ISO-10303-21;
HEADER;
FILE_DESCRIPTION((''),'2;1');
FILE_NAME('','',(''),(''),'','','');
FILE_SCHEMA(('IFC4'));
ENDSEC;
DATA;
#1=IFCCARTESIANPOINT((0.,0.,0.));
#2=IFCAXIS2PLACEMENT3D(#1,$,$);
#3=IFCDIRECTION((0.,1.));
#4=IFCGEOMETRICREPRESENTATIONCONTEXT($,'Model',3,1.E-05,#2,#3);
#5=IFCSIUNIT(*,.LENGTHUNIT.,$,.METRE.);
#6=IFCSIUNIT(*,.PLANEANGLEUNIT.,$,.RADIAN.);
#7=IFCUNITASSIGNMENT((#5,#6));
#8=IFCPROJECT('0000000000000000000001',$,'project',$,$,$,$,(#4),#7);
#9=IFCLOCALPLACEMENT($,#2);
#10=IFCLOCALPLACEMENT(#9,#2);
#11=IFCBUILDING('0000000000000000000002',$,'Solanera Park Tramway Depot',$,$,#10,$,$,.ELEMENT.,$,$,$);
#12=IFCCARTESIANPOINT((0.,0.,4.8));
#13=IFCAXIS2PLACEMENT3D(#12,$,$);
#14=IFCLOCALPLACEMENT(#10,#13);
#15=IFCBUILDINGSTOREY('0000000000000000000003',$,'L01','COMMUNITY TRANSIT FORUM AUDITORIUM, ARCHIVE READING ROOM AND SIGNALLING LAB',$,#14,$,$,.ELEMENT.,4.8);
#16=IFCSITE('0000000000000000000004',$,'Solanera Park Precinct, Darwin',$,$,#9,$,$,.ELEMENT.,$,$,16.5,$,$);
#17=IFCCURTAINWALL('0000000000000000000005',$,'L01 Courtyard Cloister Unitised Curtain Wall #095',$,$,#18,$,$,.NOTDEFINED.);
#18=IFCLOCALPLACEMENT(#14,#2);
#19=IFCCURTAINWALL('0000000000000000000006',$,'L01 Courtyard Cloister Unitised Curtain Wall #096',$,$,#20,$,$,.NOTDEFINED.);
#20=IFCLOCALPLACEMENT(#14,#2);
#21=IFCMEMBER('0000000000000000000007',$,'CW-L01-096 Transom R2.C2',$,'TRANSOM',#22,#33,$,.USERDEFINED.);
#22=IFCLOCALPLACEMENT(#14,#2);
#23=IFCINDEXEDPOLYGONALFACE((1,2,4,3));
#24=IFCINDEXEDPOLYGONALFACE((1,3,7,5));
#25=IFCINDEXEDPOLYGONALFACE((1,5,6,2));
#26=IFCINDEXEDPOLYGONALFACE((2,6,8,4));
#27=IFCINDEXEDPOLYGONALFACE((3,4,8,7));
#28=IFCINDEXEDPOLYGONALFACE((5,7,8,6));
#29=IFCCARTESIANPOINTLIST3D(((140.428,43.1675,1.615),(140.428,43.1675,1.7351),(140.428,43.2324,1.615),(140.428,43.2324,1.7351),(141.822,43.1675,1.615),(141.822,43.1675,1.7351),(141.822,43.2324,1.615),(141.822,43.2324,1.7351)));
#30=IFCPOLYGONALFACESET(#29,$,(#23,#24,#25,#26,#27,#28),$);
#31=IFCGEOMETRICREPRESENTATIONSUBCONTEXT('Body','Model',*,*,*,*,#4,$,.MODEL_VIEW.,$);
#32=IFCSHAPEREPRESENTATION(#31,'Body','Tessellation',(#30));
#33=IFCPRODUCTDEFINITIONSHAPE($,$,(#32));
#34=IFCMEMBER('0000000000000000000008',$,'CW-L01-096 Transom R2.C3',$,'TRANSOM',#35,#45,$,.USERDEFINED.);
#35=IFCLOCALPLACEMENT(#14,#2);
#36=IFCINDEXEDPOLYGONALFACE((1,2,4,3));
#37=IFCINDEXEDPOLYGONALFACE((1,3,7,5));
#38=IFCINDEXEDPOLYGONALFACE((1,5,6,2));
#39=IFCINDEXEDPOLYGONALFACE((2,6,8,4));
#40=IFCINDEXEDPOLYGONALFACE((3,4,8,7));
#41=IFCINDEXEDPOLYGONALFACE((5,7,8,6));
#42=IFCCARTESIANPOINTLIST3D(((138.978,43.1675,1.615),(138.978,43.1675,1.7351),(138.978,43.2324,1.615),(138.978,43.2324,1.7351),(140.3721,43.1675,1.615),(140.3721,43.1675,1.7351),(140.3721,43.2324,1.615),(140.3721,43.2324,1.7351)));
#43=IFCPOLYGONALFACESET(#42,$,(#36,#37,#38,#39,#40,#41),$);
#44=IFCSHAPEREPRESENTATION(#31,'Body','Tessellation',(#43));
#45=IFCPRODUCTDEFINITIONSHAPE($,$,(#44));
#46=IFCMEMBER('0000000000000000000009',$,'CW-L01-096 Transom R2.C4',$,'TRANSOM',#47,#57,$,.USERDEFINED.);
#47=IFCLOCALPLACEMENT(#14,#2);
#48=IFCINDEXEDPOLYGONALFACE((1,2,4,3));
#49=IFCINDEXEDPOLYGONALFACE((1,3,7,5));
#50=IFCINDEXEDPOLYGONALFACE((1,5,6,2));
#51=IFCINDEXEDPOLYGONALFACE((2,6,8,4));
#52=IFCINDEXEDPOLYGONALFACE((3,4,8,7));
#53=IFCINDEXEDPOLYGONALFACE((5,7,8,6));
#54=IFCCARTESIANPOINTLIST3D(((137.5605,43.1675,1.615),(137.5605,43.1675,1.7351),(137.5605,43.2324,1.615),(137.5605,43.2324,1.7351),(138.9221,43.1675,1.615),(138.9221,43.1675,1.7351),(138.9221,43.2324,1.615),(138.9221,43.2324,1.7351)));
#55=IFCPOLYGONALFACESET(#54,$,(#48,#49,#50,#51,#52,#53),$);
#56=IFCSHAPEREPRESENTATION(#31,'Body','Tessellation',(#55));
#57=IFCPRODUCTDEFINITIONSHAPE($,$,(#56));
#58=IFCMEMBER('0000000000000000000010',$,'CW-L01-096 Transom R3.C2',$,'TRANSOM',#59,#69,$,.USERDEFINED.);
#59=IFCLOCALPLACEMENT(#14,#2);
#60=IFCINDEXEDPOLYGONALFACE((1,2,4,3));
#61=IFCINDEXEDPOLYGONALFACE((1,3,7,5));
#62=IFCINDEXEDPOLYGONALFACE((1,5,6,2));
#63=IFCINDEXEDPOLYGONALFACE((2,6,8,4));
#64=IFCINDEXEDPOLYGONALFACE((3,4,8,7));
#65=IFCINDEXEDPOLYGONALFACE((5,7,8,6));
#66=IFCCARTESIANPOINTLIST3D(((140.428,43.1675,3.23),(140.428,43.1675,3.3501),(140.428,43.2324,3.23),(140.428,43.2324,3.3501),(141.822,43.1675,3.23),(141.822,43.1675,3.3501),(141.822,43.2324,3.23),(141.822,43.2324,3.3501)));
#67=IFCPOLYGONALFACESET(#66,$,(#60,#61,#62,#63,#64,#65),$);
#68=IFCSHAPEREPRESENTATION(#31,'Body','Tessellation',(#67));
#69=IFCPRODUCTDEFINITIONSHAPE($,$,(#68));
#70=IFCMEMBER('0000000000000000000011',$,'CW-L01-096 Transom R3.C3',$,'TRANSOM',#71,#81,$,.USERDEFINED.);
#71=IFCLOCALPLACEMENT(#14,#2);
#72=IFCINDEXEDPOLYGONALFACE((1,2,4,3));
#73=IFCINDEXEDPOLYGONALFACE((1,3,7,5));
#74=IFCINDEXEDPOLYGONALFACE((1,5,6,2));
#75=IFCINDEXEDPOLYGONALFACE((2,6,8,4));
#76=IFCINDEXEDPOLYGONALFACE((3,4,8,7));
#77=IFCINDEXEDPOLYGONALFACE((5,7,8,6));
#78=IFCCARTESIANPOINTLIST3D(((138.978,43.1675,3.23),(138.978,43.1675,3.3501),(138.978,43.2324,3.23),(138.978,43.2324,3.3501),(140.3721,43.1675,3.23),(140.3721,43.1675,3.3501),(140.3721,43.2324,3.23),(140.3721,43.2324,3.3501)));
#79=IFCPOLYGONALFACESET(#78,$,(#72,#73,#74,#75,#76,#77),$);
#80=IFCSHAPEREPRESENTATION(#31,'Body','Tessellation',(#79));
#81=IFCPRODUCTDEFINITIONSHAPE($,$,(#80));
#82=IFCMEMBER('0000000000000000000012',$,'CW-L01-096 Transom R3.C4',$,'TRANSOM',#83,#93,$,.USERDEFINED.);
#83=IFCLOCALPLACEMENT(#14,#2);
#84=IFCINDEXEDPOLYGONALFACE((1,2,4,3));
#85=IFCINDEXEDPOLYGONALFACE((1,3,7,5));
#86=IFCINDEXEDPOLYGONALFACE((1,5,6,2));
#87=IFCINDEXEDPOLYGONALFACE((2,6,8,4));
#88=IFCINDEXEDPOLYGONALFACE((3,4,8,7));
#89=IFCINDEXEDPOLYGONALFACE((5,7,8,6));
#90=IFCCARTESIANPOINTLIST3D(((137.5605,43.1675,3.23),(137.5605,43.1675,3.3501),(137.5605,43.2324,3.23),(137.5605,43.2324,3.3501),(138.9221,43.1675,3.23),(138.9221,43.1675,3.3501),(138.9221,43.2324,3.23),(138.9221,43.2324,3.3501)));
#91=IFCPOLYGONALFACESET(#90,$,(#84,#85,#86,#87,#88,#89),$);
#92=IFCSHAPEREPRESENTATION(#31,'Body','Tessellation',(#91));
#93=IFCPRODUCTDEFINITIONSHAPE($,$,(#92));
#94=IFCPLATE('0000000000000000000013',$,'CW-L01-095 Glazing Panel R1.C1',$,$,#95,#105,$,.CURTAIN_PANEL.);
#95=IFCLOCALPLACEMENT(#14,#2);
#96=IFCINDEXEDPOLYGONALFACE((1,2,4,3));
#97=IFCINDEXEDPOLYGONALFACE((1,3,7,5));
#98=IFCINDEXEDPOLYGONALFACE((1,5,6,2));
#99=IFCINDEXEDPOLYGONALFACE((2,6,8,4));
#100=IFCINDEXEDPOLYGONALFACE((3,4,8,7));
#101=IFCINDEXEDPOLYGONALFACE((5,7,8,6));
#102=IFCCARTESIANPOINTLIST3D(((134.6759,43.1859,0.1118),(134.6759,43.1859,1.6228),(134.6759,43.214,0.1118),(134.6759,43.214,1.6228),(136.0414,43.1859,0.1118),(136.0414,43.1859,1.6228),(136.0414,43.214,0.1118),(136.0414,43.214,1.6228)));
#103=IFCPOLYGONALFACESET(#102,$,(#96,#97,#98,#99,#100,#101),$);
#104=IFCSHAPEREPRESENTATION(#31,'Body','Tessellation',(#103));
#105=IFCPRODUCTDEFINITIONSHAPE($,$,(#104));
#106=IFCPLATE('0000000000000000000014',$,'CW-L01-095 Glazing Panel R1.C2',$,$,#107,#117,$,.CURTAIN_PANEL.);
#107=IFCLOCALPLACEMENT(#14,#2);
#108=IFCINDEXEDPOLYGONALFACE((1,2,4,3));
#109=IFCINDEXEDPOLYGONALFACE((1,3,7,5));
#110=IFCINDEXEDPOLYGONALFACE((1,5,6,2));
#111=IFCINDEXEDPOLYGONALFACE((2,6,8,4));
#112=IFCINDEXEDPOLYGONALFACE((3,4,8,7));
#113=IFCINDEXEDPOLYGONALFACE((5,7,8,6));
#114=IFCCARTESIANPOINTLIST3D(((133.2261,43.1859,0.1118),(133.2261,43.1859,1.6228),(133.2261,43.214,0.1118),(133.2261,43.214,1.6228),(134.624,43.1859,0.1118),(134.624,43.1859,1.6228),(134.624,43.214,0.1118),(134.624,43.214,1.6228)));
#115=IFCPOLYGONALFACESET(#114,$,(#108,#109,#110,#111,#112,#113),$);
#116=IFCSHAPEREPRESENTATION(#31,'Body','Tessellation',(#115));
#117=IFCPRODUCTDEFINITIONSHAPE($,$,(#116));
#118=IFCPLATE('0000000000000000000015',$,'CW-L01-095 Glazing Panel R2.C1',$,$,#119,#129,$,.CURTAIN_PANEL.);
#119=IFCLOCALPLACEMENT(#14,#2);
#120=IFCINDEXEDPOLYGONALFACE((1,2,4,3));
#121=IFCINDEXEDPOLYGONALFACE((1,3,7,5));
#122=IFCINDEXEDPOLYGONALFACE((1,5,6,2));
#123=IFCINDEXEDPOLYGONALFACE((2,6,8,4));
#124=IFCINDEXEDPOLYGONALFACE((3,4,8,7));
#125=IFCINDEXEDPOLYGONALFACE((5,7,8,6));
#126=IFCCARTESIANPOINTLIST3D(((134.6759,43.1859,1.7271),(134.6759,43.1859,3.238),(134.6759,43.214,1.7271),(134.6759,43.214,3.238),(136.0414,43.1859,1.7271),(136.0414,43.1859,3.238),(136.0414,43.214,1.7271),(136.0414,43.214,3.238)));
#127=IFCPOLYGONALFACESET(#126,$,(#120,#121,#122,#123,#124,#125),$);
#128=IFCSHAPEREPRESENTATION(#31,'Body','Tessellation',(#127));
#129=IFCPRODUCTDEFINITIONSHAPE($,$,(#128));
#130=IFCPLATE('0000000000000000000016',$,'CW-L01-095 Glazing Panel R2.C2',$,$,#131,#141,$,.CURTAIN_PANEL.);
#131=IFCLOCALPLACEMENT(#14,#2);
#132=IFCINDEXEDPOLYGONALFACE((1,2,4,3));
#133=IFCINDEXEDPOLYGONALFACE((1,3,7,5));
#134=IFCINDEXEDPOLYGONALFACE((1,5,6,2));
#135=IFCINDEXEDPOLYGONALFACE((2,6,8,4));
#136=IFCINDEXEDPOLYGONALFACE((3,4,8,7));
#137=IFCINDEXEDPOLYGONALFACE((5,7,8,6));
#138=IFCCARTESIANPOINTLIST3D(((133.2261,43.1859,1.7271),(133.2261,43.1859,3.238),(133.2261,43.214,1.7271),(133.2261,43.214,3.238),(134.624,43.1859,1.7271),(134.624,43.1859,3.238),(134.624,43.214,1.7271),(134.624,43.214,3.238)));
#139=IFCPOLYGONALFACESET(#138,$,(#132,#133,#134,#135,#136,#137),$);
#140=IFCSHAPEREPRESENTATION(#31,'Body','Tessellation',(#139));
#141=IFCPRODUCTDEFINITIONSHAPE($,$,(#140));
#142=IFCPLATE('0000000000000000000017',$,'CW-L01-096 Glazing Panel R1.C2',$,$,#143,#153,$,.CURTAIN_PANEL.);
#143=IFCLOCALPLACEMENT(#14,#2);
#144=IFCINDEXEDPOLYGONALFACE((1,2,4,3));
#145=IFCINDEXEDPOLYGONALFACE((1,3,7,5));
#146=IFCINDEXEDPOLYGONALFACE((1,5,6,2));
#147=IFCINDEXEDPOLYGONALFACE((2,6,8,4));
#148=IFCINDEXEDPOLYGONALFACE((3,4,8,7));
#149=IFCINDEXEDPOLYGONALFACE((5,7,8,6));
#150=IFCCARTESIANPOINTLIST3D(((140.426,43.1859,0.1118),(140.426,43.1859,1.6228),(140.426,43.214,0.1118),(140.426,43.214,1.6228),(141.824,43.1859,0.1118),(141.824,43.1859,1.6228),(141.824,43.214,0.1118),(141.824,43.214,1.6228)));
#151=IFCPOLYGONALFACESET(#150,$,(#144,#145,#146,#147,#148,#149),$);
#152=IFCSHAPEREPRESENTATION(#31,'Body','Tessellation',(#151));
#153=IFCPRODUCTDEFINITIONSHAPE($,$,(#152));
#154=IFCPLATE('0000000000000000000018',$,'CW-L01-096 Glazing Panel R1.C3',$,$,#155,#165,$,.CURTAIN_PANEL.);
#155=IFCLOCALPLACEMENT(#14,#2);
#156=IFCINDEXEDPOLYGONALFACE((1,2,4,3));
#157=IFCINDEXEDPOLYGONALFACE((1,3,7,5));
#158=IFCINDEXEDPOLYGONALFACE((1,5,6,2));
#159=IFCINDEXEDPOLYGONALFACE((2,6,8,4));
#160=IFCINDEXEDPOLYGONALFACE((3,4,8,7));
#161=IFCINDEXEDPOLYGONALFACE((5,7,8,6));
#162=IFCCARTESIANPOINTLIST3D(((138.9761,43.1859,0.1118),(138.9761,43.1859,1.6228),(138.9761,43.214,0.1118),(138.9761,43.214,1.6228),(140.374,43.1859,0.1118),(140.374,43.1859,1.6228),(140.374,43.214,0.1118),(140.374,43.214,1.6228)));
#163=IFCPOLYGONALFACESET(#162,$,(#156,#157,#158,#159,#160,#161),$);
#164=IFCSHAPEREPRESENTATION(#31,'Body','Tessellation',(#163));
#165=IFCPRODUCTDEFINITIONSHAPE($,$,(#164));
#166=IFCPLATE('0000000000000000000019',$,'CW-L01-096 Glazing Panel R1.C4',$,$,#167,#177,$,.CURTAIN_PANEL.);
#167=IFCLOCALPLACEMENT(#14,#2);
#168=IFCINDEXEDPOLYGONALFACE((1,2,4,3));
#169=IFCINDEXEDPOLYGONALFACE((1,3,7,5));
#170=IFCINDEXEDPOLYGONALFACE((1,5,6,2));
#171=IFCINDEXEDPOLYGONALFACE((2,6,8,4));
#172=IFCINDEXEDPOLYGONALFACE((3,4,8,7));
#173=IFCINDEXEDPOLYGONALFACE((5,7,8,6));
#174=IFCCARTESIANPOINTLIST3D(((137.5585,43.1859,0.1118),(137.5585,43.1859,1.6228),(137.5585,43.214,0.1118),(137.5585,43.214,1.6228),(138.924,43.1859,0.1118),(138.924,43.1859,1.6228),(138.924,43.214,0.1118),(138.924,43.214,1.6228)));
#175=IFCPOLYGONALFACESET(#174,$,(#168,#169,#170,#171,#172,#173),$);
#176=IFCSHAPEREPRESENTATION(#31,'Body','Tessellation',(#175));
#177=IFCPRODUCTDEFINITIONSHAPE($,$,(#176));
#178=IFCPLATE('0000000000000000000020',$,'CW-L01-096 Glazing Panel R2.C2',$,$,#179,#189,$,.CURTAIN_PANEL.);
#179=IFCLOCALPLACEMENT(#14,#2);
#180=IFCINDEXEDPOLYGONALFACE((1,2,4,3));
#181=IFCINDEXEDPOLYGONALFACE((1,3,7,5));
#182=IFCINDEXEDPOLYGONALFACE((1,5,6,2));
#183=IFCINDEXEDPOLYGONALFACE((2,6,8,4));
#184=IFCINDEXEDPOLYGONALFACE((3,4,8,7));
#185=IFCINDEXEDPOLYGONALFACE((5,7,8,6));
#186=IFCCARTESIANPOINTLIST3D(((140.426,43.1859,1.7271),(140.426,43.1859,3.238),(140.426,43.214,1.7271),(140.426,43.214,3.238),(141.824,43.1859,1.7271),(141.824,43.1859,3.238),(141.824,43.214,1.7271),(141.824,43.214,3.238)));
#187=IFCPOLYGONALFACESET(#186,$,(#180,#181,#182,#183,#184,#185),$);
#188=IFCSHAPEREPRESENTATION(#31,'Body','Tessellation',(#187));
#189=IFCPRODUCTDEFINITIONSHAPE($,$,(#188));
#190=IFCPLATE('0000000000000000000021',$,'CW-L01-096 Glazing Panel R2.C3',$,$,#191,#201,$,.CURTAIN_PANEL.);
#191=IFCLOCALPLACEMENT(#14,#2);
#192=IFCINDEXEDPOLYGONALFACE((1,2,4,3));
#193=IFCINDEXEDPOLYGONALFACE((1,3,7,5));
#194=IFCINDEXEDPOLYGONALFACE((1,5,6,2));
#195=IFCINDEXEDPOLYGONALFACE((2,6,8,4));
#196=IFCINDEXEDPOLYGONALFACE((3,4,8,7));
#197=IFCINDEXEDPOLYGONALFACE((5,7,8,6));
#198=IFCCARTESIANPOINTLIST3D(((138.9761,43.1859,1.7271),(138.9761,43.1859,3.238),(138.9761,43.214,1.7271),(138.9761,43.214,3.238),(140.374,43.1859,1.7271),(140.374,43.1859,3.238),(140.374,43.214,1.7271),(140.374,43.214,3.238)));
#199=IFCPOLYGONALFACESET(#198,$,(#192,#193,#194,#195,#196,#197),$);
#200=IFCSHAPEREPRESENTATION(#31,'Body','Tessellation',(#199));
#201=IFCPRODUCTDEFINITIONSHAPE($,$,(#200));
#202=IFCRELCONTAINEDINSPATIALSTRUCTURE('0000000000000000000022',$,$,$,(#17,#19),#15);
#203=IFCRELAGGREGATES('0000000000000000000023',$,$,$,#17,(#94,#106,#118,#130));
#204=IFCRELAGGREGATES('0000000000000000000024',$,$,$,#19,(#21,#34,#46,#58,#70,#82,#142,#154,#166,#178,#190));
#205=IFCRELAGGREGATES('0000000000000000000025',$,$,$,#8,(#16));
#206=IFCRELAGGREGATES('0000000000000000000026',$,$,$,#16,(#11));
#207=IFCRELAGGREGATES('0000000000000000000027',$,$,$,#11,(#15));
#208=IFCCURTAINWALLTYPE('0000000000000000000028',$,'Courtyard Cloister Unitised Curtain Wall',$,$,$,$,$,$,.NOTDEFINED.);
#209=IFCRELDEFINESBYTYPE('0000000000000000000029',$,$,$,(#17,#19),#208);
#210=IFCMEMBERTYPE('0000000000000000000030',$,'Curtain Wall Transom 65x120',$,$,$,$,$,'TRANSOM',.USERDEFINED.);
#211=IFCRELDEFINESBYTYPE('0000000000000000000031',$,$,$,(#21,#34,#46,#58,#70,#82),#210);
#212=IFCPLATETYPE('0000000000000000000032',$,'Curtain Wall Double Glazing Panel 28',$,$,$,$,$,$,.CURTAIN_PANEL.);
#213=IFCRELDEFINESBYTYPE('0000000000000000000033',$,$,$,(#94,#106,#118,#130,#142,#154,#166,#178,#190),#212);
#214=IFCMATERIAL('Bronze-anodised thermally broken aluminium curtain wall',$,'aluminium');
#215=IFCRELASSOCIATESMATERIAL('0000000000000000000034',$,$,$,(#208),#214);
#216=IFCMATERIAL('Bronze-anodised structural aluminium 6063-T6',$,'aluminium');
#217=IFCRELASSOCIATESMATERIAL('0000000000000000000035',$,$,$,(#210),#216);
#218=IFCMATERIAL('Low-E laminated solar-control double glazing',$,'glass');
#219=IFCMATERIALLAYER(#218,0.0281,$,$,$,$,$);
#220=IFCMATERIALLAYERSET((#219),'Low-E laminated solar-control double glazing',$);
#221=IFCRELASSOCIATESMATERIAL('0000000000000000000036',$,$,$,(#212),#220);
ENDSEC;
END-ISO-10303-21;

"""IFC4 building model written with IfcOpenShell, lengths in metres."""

from ifc_helpers import new_model, si_unit, direction, frame, origin, origin_2d, place, context, subcontext, project, spatial, rectangle, extrude, material, layer, layer_set, material_profile, profile_set, type_object, element, aggregate, save


model = new_model("IFC4")

# Units and contexts
model_context = context("Model", 3, precision=1e-05, world=origin(), true_north=direction((0.0, 1.0)))
body_context = subcontext(model_context, "Body", "Model", "MODEL_VIEW")
ifc_project = project(units=[si_unit("LENGTHUNIT", "METRE"), si_unit("PLANEANGLEUNIT", "RADIAN")], contexts=[model_context])

# Site, building, storey
site_placement = place(None, origin())
site = spatial("IfcSite", under=ifc_project, at=site_placement, Name="Solanera Park Precinct, Darwin", CompositionType="ELEMENT", RefElevation=16.5)
building_placement = place(site_placement, origin())
building = spatial("IfcBuilding", under=site, at=building_placement, Name="Solanera Park Tramway Depot", CompositionType="ELEMENT")
storey_placement = place(building_placement, frame((0.0, 0.0, 4.8)))
storey = spatial("IfcBuildingStorey", under=building, at=storey_placement, Name="L01", Description="COMMUNITY TRANSIT FORUM AUDITORIUM, ARCHIVE READING ROOM AND SIGNALLING LAB", CompositionType="ELEMENT", Elevation=4.8)

# Curtain walls
ifc_material_1 = material(Name="Bronze-anodised thermally broken aluminium curtain wall", Category="aluminium")
curtain_wall_type = type_object("IfcCurtainWallType", Name="Courtyard Cloister Unitised Curtain Wall", PredefinedType="NOTDEFINED", material=ifc_material_1)
curtain_wall_1_placement = place(storey_placement, origin())
curtain_wall_1 = element("IfcCurtainWall", 1, at=curtain_wall_1_placement, inside=storey, type_object=curtain_wall_type, Name="L01 Courtyard Cloister Unitised Curtain Wall #095", PredefinedType="NOTDEFINED")
curtain_wall_2_placement = place(storey_placement, origin())
curtain_wall_2 = element("IfcCurtainWall", 2, at=curtain_wall_2_placement, inside=storey, type_object=curtain_wall_type, Name="L01 Courtyard Cloister Unitised Curtain Wall #096", PredefinedType="NOTDEFINED")

# Members
ifc_material_2 = material(Name="Bronze-anodised structural aluminium 6063-T6", Category="aluminium")
ifc_material_profile_1 = material_profile(ifc_material_2, rectangle(XDim=0.0649, YDim=0.1201, at=origin_2d()), Name="Curtain Wall Transom 65x120")
ifc_profile_set_1 = profile_set([ifc_material_profile_1], Name="Bronze-anodised structural aluminium 6063-T6")
member_type_1 = type_object("IfcMemberType", Name="Curtain Wall Transom 65x120", ElementType="TRANSOM", PredefinedType="USERDEFINED", material=ifc_profile_set_1)
member_1_placement = place(storey_placement, frame((141.822, 43.2, 1.675), z_axis=(-1.0, 0.0, 0.0), x_axis=(0.0, -1.0, 0.0)))
member_1 = element("IfcMember", 3, at=member_1_placement, type_object=member_type_1, Name="CW-L01-096 Transom R2.C2", ObjectType="TRANSOM", PredefinedType="USERDEFINED", context=body_context, shape_type="SweptSolid", body=[
    extrude(rectangle(XDim=0.0649, YDim=0.1201, at=origin_2d()), origin(), (0.0, 0.0, 1.0), 1.394),
])
member_2_placement = place(storey_placement, frame((140.3721, 43.2, 1.675), z_axis=(-1.0, 0.0, 0.0), x_axis=(0.0, -1.0, 0.0)))
member_2 = element("IfcMember", 4, at=member_2_placement, type_object=member_type_1, Name="CW-L01-096 Transom R2.C3", ObjectType="TRANSOM", PredefinedType="USERDEFINED", context=body_context, shape_type="SweptSolid", body=[
    extrude(rectangle(XDim=0.0649, YDim=0.1201, at=origin_2d()), origin(), (0.0, 0.0, 1.0), 1.394),
])
member_3_placement = place(storey_placement, frame((138.9221, 43.2, 1.675), z_axis=(-1.0, 0.0, 0.0), x_axis=(0.0, -1.0, 0.0)))
member_3 = element("IfcMember", 5, at=member_3_placement, type_object=member_type_1, Name="CW-L01-096 Transom R2.C4", ObjectType="TRANSOM", PredefinedType="USERDEFINED", context=body_context, shape_type="SweptSolid", body=[
    extrude(rectangle(XDim=0.0649, YDim=0.1201, at=origin_2d()), origin(), (0.0, 0.0, 1.0), 1.3616),
])
member_4_placement = place(storey_placement, frame((141.822, 43.2, 3.29), z_axis=(-1.0, 0.0, 0.0), x_axis=(0.0, -1.0, 0.0)))
member_4 = element("IfcMember", 6, at=member_4_placement, type_object=member_type_1, Name="CW-L01-096 Transom R3.C2", ObjectType="TRANSOM", PredefinedType="USERDEFINED", context=body_context, shape_type="SweptSolid", body=[
    extrude(rectangle(XDim=0.0649, YDim=0.1201, at=origin_2d()), origin(), (0.0, 0.0, 1.0), 1.394),
])
member_5_placement = place(storey_placement, frame((140.3721, 43.2, 3.29), z_axis=(-1.0, 0.0, 0.0), x_axis=(0.0, -1.0, 0.0)))
member_5 = element("IfcMember", 7, at=member_5_placement, type_object=member_type_1, Name="CW-L01-096 Transom R3.C3", ObjectType="TRANSOM", PredefinedType="USERDEFINED", context=body_context, shape_type="SweptSolid", body=[
    extrude(rectangle(XDim=0.0649, YDim=0.1201, at=origin_2d()), origin(), (0.0, 0.0, 1.0), 1.394),
])
member_6_placement = place(storey_placement, frame((138.9221, 43.2, 3.29), z_axis=(-1.0, 0.0, 0.0), x_axis=(0.0, -1.0, 0.0)))
member_6 = element("IfcMember", 8, at=member_6_placement, type_object=member_type_1, Name="CW-L01-096 Transom R3.C4", ObjectType="TRANSOM", PredefinedType="USERDEFINED", context=body_context, shape_type="SweptSolid", body=[
    extrude(rectangle(XDim=0.0649, YDim=0.1201, at=origin_2d()), origin(), (0.0, 0.0, 1.0), 1.3616),
])

# Plates
ifc_material_3 = material(Name="Low-E laminated solar-control double glazing", Category="glass")
ifc_layer = layer(ifc_material_3, 0.0281)
ifc_layer_set = layer_set([ifc_layer], Name="Low-E laminated solar-control double glazing")
plate_type = type_object("IfcPlateType", Name="Curtain Wall Double Glazing Panel 28", PredefinedType="CURTAIN_PANEL", material=ifc_layer_set)
plate_1_placement = place(storey_placement, frame((135.3586, 43.2, 0.1118), z_axis=(0.0, 0.0, 1.0), x_axis=(-1.0, 0.0, 0.0)))
plate_1 = element("IfcPlate", 9, at=plate_1_placement, type_object=plate_type, Name="CW-L01-095 Glazing Panel R1.C1", PredefinedType="CURTAIN_PANEL", context=body_context, shape_type="SweptSolid", body=[
    extrude(rectangle(XDim=1.3655, YDim=0.0281, at=origin_2d()), origin(), (0.0, 0.0, 1.0), 1.511),
])
plate_2_placement = place(storey_placement, frame((133.925, 43.2, 0.1118), z_axis=(0.0, 0.0, 1.0), x_axis=(-1.0, 0.0, 0.0)))
plate_2 = element("IfcPlate", 10, at=plate_2_placement, type_object=plate_type, Name="CW-L01-095 Glazing Panel R1.C2", PredefinedType="CURTAIN_PANEL", context=body_context, shape_type="SweptSolid", body=[
    extrude(rectangle(XDim=1.3979, YDim=0.0281, at=origin_2d()), origin(), (0.0, 0.0, 1.0), 1.511),
])
plate_3_placement = place(storey_placement, frame((135.3586, 43.2, 1.7271), z_axis=(0.0, 0.0, 1.0), x_axis=(-1.0, 0.0, 0.0)))
plate_3 = element("IfcPlate", 11, at=plate_3_placement, type_object=plate_type, Name="CW-L01-095 Glazing Panel R2.C1", PredefinedType="CURTAIN_PANEL", context=body_context, shape_type="SweptSolid", body=[
    extrude(rectangle(XDim=1.3655, YDim=0.0281, at=origin_2d()), origin(), (0.0, 0.0, 1.0), 1.511),
])
plate_4_placement = place(storey_placement, frame((133.925, 43.2, 1.7271), z_axis=(0.0, 0.0, 1.0), x_axis=(-1.0, 0.0, 0.0)))
plate_4 = element("IfcPlate", 12, at=plate_4_placement, type_object=plate_type, Name="CW-L01-095 Glazing Panel R2.C2", PredefinedType="CURTAIN_PANEL", context=body_context, shape_type="SweptSolid", body=[
    extrude(rectangle(XDim=1.3979, YDim=0.0281, at=origin_2d()), origin(), (0.0, 0.0, 1.0), 1.511),
])
aggregate(curtain_wall_1, [plate_1, plate_2, plate_3, plate_4])
plate_5_placement = place(storey_placement, frame((141.125, 43.2, 0.1118), z_axis=(0.0, 0.0, 1.0), x_axis=(-1.0, 0.0, 0.0)))
plate_5 = element("IfcPlate", 13, at=plate_5_placement, type_object=plate_type, Name="CW-L01-096 Glazing Panel R1.C2", PredefinedType="CURTAIN_PANEL", context=body_context, shape_type="SweptSolid", body=[
    extrude(rectangle(XDim=1.3979, YDim=0.0281, at=origin_2d()), origin(), (0.0, 0.0, 1.0), 1.511),
])
plate_6_placement = place(storey_placement, frame((139.675, 43.2, 0.1118), z_axis=(0.0, 0.0, 1.0), x_axis=(-1.0, 0.0, 0.0)))
plate_6 = element("IfcPlate", 14, at=plate_6_placement, type_object=plate_type, Name="CW-L01-096 Glazing Panel R1.C3", PredefinedType="CURTAIN_PANEL", context=body_context, shape_type="SweptSolid", body=[
    extrude(rectangle(XDim=1.3979, YDim=0.0281, at=origin_2d()), origin(), (0.0, 0.0, 1.0), 1.511),
])
plate_7_placement = place(storey_placement, frame((138.2412, 43.2, 0.1118), z_axis=(0.0, 0.0, 1.0), x_axis=(-1.0, 0.0, 0.0)))
plate_7 = element("IfcPlate", 15, at=plate_7_placement, type_object=plate_type, Name="CW-L01-096 Glazing Panel R1.C4", PredefinedType="CURTAIN_PANEL", context=body_context, shape_type="SweptSolid", body=[
    extrude(rectangle(XDim=1.3655, YDim=0.0281, at=origin_2d()), origin(), (0.0, 0.0, 1.0), 1.511),
])
plate_8_placement = place(storey_placement, frame((141.125, 43.2, 1.7271), z_axis=(0.0, 0.0, 1.0), x_axis=(-1.0, 0.0, 0.0)))
plate_8 = element("IfcPlate", 16, at=plate_8_placement, type_object=plate_type, Name="CW-L01-096 Glazing Panel R2.C2", PredefinedType="CURTAIN_PANEL", context=body_context, shape_type="SweptSolid", body=[
    extrude(rectangle(XDim=1.3979, YDim=0.0281, at=origin_2d()), origin(), (0.0, 0.0, 1.0), 1.511),
])
plate_9_placement = place(storey_placement, frame((139.675, 43.2, 1.7271), z_axis=(0.0, 0.0, 1.0), x_axis=(-1.0, 0.0, 0.0)))
plate_9 = element("IfcPlate", 17, at=plate_9_placement, type_object=plate_type, Name="CW-L01-096 Glazing Panel R2.C3", PredefinedType="CURTAIN_PANEL", context=body_context, shape_type="SweptSolid", body=[
    extrude(rectangle(XDim=1.3979, YDim=0.0281, at=origin_2d()), origin(), (0.0, 0.0, 1.0), 1.511),
])
aggregate(curtain_wall_2, [member_1, member_2, member_3, member_4, member_5, member_6, plate_5, plate_6, plate_7, plate_8, plate_9])

save(model, "model.ifc")
